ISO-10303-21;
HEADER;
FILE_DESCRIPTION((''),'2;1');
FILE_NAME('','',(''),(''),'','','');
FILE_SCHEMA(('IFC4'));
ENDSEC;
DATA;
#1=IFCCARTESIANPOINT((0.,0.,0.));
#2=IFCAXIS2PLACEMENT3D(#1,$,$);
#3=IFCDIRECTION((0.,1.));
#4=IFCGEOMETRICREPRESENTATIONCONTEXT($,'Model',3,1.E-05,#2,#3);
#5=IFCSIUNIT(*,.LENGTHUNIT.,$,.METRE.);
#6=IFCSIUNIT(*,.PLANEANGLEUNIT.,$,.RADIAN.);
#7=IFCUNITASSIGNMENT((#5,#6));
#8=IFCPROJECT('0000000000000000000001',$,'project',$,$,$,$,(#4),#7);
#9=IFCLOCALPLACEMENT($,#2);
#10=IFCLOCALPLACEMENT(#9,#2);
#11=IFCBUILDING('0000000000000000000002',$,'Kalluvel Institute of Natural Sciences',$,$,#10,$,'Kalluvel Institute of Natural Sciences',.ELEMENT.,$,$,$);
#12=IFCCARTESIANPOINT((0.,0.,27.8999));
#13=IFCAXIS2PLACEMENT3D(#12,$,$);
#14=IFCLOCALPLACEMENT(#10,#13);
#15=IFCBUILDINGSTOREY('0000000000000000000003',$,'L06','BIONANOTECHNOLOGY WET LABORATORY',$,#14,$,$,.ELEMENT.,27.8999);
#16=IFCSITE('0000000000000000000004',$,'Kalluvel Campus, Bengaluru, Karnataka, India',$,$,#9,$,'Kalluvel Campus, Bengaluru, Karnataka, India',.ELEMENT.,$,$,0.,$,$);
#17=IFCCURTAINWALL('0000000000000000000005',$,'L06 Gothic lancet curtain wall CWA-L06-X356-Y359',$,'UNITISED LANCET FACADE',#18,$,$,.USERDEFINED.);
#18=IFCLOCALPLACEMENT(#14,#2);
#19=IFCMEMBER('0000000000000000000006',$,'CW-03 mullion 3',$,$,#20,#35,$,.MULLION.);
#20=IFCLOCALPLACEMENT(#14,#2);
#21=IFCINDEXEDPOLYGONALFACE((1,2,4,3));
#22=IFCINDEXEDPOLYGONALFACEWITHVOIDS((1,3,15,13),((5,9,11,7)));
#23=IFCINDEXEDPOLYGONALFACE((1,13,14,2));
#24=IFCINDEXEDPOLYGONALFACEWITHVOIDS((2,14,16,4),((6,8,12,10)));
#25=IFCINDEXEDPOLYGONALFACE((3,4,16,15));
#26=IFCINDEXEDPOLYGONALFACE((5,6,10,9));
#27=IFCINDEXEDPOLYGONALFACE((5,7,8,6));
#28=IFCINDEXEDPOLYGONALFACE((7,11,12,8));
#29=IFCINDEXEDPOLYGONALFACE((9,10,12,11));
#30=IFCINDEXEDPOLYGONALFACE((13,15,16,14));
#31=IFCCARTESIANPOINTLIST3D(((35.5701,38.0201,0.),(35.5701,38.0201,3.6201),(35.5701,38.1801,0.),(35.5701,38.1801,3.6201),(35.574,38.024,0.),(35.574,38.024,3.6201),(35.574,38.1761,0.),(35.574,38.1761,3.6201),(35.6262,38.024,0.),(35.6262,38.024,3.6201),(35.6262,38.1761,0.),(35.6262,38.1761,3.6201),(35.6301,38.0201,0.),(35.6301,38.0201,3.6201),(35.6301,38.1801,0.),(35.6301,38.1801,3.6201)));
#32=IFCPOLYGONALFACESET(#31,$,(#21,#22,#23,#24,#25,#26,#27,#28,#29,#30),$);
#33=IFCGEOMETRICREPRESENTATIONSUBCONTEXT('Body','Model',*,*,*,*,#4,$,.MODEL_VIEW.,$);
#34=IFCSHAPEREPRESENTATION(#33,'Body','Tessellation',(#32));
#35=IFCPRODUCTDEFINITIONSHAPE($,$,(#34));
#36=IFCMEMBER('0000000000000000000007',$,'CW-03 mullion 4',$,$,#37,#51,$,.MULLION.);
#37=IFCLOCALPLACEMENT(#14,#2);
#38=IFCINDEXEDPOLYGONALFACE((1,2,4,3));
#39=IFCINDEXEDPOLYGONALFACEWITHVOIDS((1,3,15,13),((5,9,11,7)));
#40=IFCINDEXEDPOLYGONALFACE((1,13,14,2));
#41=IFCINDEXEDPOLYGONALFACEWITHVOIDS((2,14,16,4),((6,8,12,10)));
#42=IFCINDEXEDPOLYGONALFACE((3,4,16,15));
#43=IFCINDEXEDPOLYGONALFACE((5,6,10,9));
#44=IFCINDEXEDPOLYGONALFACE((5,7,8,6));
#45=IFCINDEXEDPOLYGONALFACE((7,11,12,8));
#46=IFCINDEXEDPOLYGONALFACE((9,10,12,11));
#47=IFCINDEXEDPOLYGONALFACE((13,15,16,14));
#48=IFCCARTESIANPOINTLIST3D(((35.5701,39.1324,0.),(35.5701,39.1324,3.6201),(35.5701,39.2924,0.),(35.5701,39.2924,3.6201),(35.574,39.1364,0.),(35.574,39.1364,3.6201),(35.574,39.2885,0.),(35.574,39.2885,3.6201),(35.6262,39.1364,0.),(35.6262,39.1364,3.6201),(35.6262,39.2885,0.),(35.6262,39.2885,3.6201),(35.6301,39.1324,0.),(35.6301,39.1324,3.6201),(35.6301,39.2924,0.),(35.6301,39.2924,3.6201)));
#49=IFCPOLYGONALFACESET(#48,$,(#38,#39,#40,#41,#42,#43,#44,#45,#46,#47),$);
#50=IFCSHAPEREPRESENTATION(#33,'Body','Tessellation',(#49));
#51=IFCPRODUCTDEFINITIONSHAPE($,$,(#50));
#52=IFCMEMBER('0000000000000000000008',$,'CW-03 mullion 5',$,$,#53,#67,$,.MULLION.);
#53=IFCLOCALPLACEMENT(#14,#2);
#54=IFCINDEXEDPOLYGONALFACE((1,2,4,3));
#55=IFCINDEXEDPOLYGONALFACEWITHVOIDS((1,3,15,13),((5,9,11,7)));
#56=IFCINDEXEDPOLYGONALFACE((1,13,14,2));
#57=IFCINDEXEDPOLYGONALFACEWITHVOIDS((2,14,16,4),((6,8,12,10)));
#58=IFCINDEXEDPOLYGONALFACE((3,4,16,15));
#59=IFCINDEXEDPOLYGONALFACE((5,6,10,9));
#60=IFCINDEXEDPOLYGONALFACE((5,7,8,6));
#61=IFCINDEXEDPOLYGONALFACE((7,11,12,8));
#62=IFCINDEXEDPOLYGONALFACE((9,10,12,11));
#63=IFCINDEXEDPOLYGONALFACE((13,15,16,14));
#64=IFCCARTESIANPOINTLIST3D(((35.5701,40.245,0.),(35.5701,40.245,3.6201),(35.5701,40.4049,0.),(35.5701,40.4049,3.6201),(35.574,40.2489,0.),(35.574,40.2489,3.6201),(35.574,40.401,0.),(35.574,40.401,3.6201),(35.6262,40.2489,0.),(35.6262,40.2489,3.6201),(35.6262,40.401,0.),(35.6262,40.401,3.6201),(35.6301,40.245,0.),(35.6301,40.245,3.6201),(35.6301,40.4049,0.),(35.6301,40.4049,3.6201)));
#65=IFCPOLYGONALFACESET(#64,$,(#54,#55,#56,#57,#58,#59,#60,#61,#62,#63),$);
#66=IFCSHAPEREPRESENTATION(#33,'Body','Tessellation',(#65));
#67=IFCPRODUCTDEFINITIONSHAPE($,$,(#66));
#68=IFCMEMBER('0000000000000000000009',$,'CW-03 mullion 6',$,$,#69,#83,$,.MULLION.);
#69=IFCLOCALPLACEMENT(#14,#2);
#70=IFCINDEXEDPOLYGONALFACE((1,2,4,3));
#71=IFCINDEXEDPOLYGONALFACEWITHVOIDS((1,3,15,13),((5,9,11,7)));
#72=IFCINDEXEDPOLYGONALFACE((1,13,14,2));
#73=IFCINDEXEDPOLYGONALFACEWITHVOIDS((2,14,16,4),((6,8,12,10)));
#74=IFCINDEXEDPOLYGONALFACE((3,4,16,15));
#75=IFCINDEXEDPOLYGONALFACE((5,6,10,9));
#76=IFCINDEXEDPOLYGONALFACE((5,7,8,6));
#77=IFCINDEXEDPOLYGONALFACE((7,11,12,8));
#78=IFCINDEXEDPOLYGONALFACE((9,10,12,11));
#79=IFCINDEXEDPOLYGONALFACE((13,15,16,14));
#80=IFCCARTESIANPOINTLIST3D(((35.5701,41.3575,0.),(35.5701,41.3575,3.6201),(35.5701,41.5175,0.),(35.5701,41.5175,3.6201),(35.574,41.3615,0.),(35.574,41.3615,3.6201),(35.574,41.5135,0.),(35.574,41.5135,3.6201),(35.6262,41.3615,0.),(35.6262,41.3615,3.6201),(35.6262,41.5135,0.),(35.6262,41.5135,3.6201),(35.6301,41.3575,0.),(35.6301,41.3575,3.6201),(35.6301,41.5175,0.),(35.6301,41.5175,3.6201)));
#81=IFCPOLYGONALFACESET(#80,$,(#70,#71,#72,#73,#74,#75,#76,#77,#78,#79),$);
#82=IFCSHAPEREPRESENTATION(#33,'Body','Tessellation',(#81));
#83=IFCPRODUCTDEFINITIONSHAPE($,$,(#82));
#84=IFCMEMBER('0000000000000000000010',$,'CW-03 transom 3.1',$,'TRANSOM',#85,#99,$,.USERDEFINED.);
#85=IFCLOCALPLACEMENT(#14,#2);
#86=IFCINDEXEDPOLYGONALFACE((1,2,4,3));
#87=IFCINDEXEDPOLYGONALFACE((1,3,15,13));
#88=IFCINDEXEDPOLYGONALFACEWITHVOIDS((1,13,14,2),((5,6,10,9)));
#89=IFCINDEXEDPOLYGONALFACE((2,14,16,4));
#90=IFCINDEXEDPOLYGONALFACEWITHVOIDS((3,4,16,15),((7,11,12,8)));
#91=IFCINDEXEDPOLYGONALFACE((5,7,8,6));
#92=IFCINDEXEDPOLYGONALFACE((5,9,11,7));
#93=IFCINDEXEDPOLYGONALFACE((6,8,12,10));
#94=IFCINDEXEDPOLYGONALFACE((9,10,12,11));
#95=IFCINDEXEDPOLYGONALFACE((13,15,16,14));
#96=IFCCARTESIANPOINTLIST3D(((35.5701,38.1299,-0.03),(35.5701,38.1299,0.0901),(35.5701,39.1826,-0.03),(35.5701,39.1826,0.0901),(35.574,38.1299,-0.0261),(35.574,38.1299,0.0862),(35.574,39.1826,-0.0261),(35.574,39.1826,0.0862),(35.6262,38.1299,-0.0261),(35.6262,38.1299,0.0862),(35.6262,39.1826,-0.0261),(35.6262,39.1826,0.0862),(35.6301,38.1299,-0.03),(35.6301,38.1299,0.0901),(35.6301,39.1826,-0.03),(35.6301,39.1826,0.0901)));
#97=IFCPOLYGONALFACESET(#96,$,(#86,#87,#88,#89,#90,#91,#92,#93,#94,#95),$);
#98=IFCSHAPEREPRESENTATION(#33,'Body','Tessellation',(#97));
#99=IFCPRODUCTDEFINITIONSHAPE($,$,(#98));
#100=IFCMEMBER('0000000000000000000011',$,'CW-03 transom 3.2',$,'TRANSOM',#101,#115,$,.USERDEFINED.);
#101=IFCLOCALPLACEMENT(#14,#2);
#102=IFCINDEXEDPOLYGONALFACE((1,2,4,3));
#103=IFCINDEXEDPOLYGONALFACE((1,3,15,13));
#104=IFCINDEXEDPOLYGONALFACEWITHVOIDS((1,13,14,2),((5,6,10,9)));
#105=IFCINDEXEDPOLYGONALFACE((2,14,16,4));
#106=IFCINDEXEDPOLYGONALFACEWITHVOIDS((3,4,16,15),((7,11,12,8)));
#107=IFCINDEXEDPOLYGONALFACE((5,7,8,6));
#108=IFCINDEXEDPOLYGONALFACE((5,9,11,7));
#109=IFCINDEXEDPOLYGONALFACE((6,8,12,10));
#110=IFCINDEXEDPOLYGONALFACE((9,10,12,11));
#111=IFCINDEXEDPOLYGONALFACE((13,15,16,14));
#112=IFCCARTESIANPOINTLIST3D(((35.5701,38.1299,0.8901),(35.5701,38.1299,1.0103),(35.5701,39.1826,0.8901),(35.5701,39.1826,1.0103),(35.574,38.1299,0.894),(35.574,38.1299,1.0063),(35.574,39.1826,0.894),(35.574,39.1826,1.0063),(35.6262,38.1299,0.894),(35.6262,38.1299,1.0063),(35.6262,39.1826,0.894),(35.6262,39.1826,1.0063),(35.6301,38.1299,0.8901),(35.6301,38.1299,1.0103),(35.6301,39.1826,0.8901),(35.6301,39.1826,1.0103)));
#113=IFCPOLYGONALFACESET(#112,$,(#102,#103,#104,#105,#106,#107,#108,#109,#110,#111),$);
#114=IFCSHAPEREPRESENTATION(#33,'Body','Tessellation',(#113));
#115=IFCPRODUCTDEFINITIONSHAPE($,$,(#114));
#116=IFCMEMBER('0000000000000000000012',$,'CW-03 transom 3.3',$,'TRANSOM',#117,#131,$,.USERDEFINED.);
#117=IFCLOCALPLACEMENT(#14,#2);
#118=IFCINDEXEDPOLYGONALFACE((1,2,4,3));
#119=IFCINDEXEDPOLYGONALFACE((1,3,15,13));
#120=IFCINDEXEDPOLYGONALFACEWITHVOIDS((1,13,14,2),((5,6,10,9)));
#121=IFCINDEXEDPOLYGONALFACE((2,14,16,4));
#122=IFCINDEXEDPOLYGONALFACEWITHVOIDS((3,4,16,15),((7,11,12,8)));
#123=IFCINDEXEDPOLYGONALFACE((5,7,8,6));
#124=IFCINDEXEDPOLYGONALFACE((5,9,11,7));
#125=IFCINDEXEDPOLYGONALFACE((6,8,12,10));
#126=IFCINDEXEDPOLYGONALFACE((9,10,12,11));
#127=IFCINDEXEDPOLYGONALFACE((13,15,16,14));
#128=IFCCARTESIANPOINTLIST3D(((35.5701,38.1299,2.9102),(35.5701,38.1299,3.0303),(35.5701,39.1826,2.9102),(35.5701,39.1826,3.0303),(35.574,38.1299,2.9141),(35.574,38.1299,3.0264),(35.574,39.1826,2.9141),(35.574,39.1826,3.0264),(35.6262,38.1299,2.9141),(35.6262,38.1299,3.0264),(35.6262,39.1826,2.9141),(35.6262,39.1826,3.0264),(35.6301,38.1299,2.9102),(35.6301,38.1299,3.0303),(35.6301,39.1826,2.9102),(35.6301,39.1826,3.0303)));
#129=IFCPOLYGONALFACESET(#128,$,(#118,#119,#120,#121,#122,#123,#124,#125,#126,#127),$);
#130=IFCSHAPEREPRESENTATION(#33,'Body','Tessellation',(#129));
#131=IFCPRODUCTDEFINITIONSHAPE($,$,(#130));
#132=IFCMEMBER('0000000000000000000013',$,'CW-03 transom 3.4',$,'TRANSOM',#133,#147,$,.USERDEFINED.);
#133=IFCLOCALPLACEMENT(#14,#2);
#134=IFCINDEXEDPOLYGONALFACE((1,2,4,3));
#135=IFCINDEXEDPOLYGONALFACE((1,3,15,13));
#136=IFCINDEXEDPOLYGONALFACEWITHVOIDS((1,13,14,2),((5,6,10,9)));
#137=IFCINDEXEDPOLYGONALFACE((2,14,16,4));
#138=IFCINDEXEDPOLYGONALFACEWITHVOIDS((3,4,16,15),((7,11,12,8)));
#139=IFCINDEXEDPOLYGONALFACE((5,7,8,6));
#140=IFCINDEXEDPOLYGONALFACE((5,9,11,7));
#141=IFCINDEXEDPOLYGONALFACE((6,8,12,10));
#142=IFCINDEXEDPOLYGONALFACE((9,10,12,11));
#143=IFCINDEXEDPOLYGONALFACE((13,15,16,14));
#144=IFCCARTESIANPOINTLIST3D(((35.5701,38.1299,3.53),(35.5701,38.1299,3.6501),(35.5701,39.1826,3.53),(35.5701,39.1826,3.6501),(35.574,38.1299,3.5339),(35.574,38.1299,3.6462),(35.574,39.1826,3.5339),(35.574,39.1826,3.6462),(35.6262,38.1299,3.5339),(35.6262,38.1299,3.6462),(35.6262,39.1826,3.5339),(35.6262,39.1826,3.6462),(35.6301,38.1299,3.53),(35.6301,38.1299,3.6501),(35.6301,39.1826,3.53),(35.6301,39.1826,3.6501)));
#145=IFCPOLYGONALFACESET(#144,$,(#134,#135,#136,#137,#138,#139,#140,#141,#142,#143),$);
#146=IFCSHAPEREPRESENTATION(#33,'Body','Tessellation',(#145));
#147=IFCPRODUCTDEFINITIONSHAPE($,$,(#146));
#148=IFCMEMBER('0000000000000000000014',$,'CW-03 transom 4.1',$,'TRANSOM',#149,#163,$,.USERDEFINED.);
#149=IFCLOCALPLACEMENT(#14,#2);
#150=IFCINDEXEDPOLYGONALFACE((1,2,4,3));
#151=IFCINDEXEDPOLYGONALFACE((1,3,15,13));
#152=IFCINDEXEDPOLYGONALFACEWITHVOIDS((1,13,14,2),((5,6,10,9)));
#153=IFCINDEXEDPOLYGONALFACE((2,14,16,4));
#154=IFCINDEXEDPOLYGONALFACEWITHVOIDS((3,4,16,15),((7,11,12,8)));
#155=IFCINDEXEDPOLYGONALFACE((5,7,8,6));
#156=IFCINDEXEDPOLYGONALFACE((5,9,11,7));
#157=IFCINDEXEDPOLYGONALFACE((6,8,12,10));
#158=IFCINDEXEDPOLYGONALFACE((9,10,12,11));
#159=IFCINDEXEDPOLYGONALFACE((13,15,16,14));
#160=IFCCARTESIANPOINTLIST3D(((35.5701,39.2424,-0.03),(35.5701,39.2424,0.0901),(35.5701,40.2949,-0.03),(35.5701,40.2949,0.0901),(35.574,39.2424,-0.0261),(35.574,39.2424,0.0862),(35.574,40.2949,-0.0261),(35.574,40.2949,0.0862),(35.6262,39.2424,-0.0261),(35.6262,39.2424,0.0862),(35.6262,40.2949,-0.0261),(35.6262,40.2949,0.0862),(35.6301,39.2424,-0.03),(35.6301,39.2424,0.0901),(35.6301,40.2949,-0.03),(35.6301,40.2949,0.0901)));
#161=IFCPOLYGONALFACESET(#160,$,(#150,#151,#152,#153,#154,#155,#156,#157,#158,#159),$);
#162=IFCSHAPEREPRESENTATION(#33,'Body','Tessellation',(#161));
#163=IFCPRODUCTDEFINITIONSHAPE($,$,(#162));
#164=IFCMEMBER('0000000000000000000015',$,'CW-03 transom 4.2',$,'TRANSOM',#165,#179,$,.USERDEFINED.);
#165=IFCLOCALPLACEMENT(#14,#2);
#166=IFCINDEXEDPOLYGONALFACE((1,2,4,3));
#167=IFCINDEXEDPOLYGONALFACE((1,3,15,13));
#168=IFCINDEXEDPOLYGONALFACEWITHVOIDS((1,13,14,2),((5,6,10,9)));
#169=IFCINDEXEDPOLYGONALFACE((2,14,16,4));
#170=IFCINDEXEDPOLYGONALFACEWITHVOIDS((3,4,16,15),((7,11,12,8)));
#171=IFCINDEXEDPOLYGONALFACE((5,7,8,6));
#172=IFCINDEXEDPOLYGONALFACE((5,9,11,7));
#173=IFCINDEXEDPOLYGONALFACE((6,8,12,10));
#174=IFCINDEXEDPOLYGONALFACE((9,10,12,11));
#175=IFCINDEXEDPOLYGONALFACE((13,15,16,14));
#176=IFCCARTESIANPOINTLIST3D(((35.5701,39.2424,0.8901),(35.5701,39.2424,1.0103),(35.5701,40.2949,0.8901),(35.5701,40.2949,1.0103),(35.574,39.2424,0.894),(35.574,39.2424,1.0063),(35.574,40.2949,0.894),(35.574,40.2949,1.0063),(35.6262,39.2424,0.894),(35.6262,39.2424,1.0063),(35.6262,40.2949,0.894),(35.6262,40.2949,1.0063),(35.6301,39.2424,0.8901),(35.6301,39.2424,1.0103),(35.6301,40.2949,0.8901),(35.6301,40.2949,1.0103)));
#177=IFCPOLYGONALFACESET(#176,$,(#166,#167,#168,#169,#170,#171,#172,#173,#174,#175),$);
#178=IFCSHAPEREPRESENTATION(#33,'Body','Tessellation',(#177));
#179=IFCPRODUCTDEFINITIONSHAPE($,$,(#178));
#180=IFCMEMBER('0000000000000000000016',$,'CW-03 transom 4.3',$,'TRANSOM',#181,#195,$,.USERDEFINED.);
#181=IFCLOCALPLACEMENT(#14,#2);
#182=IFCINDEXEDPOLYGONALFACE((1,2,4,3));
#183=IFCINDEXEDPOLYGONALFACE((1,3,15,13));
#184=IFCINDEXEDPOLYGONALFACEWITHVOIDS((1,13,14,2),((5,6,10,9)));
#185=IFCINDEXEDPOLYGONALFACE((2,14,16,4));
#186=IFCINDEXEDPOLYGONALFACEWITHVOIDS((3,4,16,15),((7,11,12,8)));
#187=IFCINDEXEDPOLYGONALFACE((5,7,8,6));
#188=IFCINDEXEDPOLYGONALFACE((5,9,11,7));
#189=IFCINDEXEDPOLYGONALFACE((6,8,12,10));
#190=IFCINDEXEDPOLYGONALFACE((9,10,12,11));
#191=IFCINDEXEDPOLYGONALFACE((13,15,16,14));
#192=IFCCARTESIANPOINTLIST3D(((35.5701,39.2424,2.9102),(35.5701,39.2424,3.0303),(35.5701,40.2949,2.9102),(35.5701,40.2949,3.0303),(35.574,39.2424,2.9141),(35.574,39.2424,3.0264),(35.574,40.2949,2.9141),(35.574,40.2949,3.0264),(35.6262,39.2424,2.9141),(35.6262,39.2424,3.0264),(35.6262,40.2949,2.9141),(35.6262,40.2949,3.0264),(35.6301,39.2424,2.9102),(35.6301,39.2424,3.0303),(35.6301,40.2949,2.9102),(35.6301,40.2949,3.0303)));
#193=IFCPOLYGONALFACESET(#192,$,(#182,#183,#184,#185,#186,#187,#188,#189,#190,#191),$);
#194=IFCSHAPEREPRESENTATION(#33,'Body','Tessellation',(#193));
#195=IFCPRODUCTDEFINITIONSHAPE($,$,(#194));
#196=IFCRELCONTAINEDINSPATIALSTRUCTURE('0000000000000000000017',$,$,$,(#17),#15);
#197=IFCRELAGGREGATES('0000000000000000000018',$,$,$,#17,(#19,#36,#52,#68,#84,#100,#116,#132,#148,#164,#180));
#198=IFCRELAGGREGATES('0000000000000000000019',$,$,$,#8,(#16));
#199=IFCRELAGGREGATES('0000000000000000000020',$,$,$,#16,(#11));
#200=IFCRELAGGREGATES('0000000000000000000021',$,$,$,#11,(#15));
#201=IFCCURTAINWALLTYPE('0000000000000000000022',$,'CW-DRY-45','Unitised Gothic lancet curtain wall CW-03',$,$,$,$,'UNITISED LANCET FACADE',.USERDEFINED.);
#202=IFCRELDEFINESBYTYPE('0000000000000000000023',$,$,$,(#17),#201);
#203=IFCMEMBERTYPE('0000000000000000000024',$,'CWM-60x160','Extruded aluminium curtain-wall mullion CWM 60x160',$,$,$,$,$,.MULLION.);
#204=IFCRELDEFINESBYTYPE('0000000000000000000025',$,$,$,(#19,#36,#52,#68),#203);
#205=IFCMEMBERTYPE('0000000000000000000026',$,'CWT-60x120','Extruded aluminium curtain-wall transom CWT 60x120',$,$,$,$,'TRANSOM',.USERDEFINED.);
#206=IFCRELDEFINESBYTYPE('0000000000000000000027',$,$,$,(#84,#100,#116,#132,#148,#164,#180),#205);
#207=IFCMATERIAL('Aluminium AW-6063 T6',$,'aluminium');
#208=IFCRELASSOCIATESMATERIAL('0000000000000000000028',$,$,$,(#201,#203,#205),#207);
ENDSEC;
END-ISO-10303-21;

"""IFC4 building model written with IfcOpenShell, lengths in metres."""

from ifc_helpers import new_model, si_unit, direction, frame, origin, origin_2d, place, context, subcontext, project, spatial, hollow_rectangle, extrude, material, material_profile, profile_set, type_object, element, aggregate, save


model = new_model("IFC4")

# Units and contexts
model_context = context("Model", 3, precision=1e-05, world=origin(), true_north=direction((0.0, 1.0)))
body_context = subcontext(model_context, "Body", "Model", "MODEL_VIEW")
ifc_project = project(units=[si_unit("LENGTHUNIT", "METRE"), si_unit("PLANEANGLEUNIT", "RADIAN")], contexts=[model_context])

# Site, building, storey
site_placement = place(None, origin())
site = spatial("IfcSite", under=ifc_project, at=site_placement, Name="Kalluvel Campus, Bengaluru, Karnataka, India", LongName="Kalluvel Campus, Bengaluru, Karnataka, India", CompositionType="ELEMENT", RefElevation=0.0)
building_placement = place(site_placement, origin())
building = spatial("IfcBuilding", under=site, at=building_placement, Name="Kalluvel Institute of Natural Sciences", LongName="Kalluvel Institute of Natural Sciences", CompositionType="ELEMENT")
storey_placement = place(building_placement, frame((0.0, 0.0, 27.8999)))
storey = spatial("IfcBuildingStorey", under=building, at=storey_placement, Name="L06", Description="BIONANOTECHNOLOGY WET LABORATORY", CompositionType="ELEMENT", Elevation=27.8999)

# Curtain wall, members
ifc_material_1 = material(Name="Aluminium AW-6063 T6", Category="aluminium")
curtain_wall_type = type_object("IfcCurtainWallType", Name="CW-DRY-45", Description="Unitised Gothic lancet curtain wall CW-03", ElementType="UNITISED LANCET FACADE", PredefinedType="USERDEFINED", material=ifc_material_1)
curtain_wall_placement = place(storey_placement, origin())
curtain_wall = element("IfcCurtainWall", 1, at=curtain_wall_placement, inside=storey, type_object=curtain_wall_type, Name="L06 Gothic lancet curtain wall CWA-L06-X356-Y359", ObjectType="UNITISED LANCET FACADE", PredefinedType="USERDEFINED")
ifc_material_profile_1 = material_profile(ifc_material_1, hollow_rectangle(XDim=0.0601, YDim=0.1599, WallThickness=0.0039, at=origin_2d()), Name="CWM 60x160")
ifc_profile_set_1 = profile_set([ifc_material_profile_1], Name="Aluminium AW-6063 T6")
member_type_1 = type_object("IfcMemberType", Name="CWM-60x160", Description="Extruded aluminium curtain-wall mullion CWM 60x160", PredefinedType="MULLION", material=ifc_profile_set_1)
member_1_placement = place(storey_placement, frame((35.6001, 38.1001, 0.0), z_axis=(0.0, 0.0, 1.0), x_axis=(-1.0, 0.0, 0.0)))
member_1 = element("IfcMember", 2, at=member_1_placement, type_object=member_type_1, Name="CW-03 mullion 3", PredefinedType="MULLION", context=body_context, shape_type="SweptSolid", body=[
    extrude(hollow_rectangle(XDim=0.0601, YDim=0.1599, WallThickness=0.0039, at=origin_2d()), origin(), (0.0, 0.0, 1.0), 3.6201),
])
member_2_placement = place(storey_placement, frame((35.6001, 39.2124, 0.0), z_axis=(0.0, 0.0, 1.0), x_axis=(-1.0, 0.0, 0.0)))
member_2 = element("IfcMember", 3, at=member_2_placement, type_object=member_type_1, Name="CW-03 mullion 4", PredefinedType="MULLION", context=body_context, shape_type="SweptSolid", body=[
    extrude(hollow_rectangle(XDim=0.0601, YDim=0.1599, WallThickness=0.0039, at=origin_2d()), origin(), (0.0, 0.0, 1.0), 3.6201),
])
member_3_placement = place(storey_placement, frame((35.6001, 40.325, 0.0), z_axis=(0.0, 0.0, 1.0), x_axis=(-1.0, 0.0, 0.0)))
member_3 = element("IfcMember", 4, at=member_3_placement, type_object=member_type_1, Name="CW-03 mullion 5", PredefinedType="MULLION", context=body_context, shape_type="SweptSolid", body=[
    extrude(hollow_rectangle(XDim=0.0601, YDim=0.1599, WallThickness=0.0039, at=origin_2d()), origin(), (0.0, 0.0, 1.0), 3.6201),
])
member_4_placement = place(storey_placement, frame((35.6001, 41.4375, 0.0), z_axis=(0.0, 0.0, 1.0), x_axis=(-1.0, 0.0, 0.0)))
member_4 = element("IfcMember", 5, at=member_4_placement, type_object=member_type_1, Name="CW-03 mullion 6", PredefinedType="MULLION", context=body_context, shape_type="SweptSolid", body=[
    extrude(hollow_rectangle(XDim=0.0601, YDim=0.1599, WallThickness=0.0039, at=origin_2d()), origin(), (0.0, 0.0, 1.0), 3.6201),
])
ifc_material_profile_2 = material_profile(ifc_material_1, hollow_rectangle(XDim=0.0601, YDim=0.1201, WallThickness=0.0039, at=origin_2d()), Name="CWT 60x120")
ifc_profile_set_2 = profile_set([ifc_material_profile_2], Name="Aluminium AW-6063 T6")
member_type_2 = type_object("IfcMemberType", Name="CWT-60x120", Description="Extruded aluminium curtain-wall transom CWT 60x120", ElementType="TRANSOM", PredefinedType="USERDEFINED", material=ifc_profile_set_2)
member_5_placement = place(storey_placement, frame((35.6001, 38.1299, 0.03), z_axis=(0.0, 1.0, 0.0), x_axis=(-1.0, 0.0, 0.0)))
member_5 = element("IfcMember", 6, at=member_5_placement, type_object=member_type_2, Name="CW-03 transom 3.1", ObjectType="TRANSOM", PredefinedType="USERDEFINED", context=body_context, shape_type="SweptSolid", body=[
    extrude(hollow_rectangle(XDim=0.0601, YDim=0.1201, WallThickness=0.0039, at=origin_2d()), origin(), (0.0, 0.0, 1.0), 1.0527),
])
member_6_placement = place(storey_placement, frame((35.6001, 38.1299, 0.9502), z_axis=(0.0, 1.0, 0.0), x_axis=(-1.0, 0.0, 0.0)))
member_6 = element("IfcMember", 7, at=member_6_placement, type_object=member_type_2, Name="CW-03 transom 3.2", ObjectType="TRANSOM", PredefinedType="USERDEFINED", context=body_context, shape_type="SweptSolid", body=[
    extrude(hollow_rectangle(XDim=0.0601, YDim=0.1201, WallThickness=0.0039, at=origin_2d()), origin(), (0.0, 0.0, 1.0), 1.0527),
])
member_7_placement = place(storey_placement, frame((35.6001, 38.1299, 2.9702), z_axis=(0.0, 1.0, 0.0), x_axis=(-1.0, 0.0, 0.0)))
member_7 = element("IfcMember", 8, at=member_7_placement, type_object=member_type_2, Name="CW-03 transom 3.3", ObjectType="TRANSOM", PredefinedType="USERDEFINED", context=body_context, shape_type="SweptSolid", body=[
    extrude(hollow_rectangle(XDim=0.0601, YDim=0.1201, WallThickness=0.0039, at=origin_2d()), origin(), (0.0, 0.0, 1.0), 1.0527),
])
member_8_placement = place(storey_placement, frame((35.6001, 38.1299, 3.5901), z_axis=(0.0, 1.0, 0.0), x_axis=(-1.0, 0.0, 0.0)))
member_8 = element("IfcMember", 9, at=member_8_placement, type_object=member_type_2, Name="CW-03 transom 3.4", ObjectType="TRANSOM", PredefinedType="USERDEFINED", context=body_context, shape_type="SweptSolid", body=[
    extrude(hollow_rectangle(XDim=0.0601, YDim=0.1201, WallThickness=0.0039, at=origin_2d()), origin(), (0.0, 0.0, 1.0), 1.0527),
])
member_9_placement = place(storey_placement, frame((35.6001, 39.2424, 0.03), z_axis=(0.0, 1.0, 0.0), x_axis=(-1.0, 0.0, 0.0)))
member_9 = element("IfcMember", 10, at=member_9_placement, type_object=member_type_2, Name="CW-03 transom 4.1", ObjectType="TRANSOM", PredefinedType="USERDEFINED", context=body_context, shape_type="SweptSolid", body=[
    extrude(hollow_rectangle(XDim=0.0601, YDim=0.1201, WallThickness=0.0039, at=origin_2d()), origin(), (0.0, 0.0, 1.0), 1.0525),
])
member_10_placement = place(storey_placement, frame((35.6001, 39.2424, 0.9502), z_axis=(0.0, 1.0, 0.0), x_axis=(-1.0, 0.0, 0.0)))
member_10 = element("IfcMember", 11, at=member_10_placement, type_object=member_type_2, Name="CW-03 transom 4.2", ObjectType="TRANSOM", PredefinedType="USERDEFINED", context=body_context, shape_type="SweptSolid", body=[
    extrude(hollow_rectangle(XDim=0.0601, YDim=0.1201, WallThickness=0.0039, at=origin_2d()), origin(), (0.0, 0.0, 1.0), 1.0525),
])
member_11_placement = place(storey_placement, frame((35.6001, 39.2424, 2.9702), z_axis=(0.0, 1.0, 0.0), x_axis=(-1.0, 0.0, 0.0)))
member_11 = element("IfcMember", 12, at=member_11_placement, type_object=member_type_2, Name="CW-03 transom 4.3", ObjectType="TRANSOM", PredefinedType="USERDEFINED", context=body_context, shape_type="SweptSolid", body=[
    extrude(hollow_rectangle(XDim=0.0601, YDim=0.1201, WallThickness=0.0039, at=origin_2d()), origin(), (0.0, 0.0, 1.0), 1.0525),
])
aggregate(curtain_wall, [member_1, member_2, member_3, member_4, member_5, member_6, member_7, member_8, member_9, member_10, member_11])

save(model, "model.ifc")
